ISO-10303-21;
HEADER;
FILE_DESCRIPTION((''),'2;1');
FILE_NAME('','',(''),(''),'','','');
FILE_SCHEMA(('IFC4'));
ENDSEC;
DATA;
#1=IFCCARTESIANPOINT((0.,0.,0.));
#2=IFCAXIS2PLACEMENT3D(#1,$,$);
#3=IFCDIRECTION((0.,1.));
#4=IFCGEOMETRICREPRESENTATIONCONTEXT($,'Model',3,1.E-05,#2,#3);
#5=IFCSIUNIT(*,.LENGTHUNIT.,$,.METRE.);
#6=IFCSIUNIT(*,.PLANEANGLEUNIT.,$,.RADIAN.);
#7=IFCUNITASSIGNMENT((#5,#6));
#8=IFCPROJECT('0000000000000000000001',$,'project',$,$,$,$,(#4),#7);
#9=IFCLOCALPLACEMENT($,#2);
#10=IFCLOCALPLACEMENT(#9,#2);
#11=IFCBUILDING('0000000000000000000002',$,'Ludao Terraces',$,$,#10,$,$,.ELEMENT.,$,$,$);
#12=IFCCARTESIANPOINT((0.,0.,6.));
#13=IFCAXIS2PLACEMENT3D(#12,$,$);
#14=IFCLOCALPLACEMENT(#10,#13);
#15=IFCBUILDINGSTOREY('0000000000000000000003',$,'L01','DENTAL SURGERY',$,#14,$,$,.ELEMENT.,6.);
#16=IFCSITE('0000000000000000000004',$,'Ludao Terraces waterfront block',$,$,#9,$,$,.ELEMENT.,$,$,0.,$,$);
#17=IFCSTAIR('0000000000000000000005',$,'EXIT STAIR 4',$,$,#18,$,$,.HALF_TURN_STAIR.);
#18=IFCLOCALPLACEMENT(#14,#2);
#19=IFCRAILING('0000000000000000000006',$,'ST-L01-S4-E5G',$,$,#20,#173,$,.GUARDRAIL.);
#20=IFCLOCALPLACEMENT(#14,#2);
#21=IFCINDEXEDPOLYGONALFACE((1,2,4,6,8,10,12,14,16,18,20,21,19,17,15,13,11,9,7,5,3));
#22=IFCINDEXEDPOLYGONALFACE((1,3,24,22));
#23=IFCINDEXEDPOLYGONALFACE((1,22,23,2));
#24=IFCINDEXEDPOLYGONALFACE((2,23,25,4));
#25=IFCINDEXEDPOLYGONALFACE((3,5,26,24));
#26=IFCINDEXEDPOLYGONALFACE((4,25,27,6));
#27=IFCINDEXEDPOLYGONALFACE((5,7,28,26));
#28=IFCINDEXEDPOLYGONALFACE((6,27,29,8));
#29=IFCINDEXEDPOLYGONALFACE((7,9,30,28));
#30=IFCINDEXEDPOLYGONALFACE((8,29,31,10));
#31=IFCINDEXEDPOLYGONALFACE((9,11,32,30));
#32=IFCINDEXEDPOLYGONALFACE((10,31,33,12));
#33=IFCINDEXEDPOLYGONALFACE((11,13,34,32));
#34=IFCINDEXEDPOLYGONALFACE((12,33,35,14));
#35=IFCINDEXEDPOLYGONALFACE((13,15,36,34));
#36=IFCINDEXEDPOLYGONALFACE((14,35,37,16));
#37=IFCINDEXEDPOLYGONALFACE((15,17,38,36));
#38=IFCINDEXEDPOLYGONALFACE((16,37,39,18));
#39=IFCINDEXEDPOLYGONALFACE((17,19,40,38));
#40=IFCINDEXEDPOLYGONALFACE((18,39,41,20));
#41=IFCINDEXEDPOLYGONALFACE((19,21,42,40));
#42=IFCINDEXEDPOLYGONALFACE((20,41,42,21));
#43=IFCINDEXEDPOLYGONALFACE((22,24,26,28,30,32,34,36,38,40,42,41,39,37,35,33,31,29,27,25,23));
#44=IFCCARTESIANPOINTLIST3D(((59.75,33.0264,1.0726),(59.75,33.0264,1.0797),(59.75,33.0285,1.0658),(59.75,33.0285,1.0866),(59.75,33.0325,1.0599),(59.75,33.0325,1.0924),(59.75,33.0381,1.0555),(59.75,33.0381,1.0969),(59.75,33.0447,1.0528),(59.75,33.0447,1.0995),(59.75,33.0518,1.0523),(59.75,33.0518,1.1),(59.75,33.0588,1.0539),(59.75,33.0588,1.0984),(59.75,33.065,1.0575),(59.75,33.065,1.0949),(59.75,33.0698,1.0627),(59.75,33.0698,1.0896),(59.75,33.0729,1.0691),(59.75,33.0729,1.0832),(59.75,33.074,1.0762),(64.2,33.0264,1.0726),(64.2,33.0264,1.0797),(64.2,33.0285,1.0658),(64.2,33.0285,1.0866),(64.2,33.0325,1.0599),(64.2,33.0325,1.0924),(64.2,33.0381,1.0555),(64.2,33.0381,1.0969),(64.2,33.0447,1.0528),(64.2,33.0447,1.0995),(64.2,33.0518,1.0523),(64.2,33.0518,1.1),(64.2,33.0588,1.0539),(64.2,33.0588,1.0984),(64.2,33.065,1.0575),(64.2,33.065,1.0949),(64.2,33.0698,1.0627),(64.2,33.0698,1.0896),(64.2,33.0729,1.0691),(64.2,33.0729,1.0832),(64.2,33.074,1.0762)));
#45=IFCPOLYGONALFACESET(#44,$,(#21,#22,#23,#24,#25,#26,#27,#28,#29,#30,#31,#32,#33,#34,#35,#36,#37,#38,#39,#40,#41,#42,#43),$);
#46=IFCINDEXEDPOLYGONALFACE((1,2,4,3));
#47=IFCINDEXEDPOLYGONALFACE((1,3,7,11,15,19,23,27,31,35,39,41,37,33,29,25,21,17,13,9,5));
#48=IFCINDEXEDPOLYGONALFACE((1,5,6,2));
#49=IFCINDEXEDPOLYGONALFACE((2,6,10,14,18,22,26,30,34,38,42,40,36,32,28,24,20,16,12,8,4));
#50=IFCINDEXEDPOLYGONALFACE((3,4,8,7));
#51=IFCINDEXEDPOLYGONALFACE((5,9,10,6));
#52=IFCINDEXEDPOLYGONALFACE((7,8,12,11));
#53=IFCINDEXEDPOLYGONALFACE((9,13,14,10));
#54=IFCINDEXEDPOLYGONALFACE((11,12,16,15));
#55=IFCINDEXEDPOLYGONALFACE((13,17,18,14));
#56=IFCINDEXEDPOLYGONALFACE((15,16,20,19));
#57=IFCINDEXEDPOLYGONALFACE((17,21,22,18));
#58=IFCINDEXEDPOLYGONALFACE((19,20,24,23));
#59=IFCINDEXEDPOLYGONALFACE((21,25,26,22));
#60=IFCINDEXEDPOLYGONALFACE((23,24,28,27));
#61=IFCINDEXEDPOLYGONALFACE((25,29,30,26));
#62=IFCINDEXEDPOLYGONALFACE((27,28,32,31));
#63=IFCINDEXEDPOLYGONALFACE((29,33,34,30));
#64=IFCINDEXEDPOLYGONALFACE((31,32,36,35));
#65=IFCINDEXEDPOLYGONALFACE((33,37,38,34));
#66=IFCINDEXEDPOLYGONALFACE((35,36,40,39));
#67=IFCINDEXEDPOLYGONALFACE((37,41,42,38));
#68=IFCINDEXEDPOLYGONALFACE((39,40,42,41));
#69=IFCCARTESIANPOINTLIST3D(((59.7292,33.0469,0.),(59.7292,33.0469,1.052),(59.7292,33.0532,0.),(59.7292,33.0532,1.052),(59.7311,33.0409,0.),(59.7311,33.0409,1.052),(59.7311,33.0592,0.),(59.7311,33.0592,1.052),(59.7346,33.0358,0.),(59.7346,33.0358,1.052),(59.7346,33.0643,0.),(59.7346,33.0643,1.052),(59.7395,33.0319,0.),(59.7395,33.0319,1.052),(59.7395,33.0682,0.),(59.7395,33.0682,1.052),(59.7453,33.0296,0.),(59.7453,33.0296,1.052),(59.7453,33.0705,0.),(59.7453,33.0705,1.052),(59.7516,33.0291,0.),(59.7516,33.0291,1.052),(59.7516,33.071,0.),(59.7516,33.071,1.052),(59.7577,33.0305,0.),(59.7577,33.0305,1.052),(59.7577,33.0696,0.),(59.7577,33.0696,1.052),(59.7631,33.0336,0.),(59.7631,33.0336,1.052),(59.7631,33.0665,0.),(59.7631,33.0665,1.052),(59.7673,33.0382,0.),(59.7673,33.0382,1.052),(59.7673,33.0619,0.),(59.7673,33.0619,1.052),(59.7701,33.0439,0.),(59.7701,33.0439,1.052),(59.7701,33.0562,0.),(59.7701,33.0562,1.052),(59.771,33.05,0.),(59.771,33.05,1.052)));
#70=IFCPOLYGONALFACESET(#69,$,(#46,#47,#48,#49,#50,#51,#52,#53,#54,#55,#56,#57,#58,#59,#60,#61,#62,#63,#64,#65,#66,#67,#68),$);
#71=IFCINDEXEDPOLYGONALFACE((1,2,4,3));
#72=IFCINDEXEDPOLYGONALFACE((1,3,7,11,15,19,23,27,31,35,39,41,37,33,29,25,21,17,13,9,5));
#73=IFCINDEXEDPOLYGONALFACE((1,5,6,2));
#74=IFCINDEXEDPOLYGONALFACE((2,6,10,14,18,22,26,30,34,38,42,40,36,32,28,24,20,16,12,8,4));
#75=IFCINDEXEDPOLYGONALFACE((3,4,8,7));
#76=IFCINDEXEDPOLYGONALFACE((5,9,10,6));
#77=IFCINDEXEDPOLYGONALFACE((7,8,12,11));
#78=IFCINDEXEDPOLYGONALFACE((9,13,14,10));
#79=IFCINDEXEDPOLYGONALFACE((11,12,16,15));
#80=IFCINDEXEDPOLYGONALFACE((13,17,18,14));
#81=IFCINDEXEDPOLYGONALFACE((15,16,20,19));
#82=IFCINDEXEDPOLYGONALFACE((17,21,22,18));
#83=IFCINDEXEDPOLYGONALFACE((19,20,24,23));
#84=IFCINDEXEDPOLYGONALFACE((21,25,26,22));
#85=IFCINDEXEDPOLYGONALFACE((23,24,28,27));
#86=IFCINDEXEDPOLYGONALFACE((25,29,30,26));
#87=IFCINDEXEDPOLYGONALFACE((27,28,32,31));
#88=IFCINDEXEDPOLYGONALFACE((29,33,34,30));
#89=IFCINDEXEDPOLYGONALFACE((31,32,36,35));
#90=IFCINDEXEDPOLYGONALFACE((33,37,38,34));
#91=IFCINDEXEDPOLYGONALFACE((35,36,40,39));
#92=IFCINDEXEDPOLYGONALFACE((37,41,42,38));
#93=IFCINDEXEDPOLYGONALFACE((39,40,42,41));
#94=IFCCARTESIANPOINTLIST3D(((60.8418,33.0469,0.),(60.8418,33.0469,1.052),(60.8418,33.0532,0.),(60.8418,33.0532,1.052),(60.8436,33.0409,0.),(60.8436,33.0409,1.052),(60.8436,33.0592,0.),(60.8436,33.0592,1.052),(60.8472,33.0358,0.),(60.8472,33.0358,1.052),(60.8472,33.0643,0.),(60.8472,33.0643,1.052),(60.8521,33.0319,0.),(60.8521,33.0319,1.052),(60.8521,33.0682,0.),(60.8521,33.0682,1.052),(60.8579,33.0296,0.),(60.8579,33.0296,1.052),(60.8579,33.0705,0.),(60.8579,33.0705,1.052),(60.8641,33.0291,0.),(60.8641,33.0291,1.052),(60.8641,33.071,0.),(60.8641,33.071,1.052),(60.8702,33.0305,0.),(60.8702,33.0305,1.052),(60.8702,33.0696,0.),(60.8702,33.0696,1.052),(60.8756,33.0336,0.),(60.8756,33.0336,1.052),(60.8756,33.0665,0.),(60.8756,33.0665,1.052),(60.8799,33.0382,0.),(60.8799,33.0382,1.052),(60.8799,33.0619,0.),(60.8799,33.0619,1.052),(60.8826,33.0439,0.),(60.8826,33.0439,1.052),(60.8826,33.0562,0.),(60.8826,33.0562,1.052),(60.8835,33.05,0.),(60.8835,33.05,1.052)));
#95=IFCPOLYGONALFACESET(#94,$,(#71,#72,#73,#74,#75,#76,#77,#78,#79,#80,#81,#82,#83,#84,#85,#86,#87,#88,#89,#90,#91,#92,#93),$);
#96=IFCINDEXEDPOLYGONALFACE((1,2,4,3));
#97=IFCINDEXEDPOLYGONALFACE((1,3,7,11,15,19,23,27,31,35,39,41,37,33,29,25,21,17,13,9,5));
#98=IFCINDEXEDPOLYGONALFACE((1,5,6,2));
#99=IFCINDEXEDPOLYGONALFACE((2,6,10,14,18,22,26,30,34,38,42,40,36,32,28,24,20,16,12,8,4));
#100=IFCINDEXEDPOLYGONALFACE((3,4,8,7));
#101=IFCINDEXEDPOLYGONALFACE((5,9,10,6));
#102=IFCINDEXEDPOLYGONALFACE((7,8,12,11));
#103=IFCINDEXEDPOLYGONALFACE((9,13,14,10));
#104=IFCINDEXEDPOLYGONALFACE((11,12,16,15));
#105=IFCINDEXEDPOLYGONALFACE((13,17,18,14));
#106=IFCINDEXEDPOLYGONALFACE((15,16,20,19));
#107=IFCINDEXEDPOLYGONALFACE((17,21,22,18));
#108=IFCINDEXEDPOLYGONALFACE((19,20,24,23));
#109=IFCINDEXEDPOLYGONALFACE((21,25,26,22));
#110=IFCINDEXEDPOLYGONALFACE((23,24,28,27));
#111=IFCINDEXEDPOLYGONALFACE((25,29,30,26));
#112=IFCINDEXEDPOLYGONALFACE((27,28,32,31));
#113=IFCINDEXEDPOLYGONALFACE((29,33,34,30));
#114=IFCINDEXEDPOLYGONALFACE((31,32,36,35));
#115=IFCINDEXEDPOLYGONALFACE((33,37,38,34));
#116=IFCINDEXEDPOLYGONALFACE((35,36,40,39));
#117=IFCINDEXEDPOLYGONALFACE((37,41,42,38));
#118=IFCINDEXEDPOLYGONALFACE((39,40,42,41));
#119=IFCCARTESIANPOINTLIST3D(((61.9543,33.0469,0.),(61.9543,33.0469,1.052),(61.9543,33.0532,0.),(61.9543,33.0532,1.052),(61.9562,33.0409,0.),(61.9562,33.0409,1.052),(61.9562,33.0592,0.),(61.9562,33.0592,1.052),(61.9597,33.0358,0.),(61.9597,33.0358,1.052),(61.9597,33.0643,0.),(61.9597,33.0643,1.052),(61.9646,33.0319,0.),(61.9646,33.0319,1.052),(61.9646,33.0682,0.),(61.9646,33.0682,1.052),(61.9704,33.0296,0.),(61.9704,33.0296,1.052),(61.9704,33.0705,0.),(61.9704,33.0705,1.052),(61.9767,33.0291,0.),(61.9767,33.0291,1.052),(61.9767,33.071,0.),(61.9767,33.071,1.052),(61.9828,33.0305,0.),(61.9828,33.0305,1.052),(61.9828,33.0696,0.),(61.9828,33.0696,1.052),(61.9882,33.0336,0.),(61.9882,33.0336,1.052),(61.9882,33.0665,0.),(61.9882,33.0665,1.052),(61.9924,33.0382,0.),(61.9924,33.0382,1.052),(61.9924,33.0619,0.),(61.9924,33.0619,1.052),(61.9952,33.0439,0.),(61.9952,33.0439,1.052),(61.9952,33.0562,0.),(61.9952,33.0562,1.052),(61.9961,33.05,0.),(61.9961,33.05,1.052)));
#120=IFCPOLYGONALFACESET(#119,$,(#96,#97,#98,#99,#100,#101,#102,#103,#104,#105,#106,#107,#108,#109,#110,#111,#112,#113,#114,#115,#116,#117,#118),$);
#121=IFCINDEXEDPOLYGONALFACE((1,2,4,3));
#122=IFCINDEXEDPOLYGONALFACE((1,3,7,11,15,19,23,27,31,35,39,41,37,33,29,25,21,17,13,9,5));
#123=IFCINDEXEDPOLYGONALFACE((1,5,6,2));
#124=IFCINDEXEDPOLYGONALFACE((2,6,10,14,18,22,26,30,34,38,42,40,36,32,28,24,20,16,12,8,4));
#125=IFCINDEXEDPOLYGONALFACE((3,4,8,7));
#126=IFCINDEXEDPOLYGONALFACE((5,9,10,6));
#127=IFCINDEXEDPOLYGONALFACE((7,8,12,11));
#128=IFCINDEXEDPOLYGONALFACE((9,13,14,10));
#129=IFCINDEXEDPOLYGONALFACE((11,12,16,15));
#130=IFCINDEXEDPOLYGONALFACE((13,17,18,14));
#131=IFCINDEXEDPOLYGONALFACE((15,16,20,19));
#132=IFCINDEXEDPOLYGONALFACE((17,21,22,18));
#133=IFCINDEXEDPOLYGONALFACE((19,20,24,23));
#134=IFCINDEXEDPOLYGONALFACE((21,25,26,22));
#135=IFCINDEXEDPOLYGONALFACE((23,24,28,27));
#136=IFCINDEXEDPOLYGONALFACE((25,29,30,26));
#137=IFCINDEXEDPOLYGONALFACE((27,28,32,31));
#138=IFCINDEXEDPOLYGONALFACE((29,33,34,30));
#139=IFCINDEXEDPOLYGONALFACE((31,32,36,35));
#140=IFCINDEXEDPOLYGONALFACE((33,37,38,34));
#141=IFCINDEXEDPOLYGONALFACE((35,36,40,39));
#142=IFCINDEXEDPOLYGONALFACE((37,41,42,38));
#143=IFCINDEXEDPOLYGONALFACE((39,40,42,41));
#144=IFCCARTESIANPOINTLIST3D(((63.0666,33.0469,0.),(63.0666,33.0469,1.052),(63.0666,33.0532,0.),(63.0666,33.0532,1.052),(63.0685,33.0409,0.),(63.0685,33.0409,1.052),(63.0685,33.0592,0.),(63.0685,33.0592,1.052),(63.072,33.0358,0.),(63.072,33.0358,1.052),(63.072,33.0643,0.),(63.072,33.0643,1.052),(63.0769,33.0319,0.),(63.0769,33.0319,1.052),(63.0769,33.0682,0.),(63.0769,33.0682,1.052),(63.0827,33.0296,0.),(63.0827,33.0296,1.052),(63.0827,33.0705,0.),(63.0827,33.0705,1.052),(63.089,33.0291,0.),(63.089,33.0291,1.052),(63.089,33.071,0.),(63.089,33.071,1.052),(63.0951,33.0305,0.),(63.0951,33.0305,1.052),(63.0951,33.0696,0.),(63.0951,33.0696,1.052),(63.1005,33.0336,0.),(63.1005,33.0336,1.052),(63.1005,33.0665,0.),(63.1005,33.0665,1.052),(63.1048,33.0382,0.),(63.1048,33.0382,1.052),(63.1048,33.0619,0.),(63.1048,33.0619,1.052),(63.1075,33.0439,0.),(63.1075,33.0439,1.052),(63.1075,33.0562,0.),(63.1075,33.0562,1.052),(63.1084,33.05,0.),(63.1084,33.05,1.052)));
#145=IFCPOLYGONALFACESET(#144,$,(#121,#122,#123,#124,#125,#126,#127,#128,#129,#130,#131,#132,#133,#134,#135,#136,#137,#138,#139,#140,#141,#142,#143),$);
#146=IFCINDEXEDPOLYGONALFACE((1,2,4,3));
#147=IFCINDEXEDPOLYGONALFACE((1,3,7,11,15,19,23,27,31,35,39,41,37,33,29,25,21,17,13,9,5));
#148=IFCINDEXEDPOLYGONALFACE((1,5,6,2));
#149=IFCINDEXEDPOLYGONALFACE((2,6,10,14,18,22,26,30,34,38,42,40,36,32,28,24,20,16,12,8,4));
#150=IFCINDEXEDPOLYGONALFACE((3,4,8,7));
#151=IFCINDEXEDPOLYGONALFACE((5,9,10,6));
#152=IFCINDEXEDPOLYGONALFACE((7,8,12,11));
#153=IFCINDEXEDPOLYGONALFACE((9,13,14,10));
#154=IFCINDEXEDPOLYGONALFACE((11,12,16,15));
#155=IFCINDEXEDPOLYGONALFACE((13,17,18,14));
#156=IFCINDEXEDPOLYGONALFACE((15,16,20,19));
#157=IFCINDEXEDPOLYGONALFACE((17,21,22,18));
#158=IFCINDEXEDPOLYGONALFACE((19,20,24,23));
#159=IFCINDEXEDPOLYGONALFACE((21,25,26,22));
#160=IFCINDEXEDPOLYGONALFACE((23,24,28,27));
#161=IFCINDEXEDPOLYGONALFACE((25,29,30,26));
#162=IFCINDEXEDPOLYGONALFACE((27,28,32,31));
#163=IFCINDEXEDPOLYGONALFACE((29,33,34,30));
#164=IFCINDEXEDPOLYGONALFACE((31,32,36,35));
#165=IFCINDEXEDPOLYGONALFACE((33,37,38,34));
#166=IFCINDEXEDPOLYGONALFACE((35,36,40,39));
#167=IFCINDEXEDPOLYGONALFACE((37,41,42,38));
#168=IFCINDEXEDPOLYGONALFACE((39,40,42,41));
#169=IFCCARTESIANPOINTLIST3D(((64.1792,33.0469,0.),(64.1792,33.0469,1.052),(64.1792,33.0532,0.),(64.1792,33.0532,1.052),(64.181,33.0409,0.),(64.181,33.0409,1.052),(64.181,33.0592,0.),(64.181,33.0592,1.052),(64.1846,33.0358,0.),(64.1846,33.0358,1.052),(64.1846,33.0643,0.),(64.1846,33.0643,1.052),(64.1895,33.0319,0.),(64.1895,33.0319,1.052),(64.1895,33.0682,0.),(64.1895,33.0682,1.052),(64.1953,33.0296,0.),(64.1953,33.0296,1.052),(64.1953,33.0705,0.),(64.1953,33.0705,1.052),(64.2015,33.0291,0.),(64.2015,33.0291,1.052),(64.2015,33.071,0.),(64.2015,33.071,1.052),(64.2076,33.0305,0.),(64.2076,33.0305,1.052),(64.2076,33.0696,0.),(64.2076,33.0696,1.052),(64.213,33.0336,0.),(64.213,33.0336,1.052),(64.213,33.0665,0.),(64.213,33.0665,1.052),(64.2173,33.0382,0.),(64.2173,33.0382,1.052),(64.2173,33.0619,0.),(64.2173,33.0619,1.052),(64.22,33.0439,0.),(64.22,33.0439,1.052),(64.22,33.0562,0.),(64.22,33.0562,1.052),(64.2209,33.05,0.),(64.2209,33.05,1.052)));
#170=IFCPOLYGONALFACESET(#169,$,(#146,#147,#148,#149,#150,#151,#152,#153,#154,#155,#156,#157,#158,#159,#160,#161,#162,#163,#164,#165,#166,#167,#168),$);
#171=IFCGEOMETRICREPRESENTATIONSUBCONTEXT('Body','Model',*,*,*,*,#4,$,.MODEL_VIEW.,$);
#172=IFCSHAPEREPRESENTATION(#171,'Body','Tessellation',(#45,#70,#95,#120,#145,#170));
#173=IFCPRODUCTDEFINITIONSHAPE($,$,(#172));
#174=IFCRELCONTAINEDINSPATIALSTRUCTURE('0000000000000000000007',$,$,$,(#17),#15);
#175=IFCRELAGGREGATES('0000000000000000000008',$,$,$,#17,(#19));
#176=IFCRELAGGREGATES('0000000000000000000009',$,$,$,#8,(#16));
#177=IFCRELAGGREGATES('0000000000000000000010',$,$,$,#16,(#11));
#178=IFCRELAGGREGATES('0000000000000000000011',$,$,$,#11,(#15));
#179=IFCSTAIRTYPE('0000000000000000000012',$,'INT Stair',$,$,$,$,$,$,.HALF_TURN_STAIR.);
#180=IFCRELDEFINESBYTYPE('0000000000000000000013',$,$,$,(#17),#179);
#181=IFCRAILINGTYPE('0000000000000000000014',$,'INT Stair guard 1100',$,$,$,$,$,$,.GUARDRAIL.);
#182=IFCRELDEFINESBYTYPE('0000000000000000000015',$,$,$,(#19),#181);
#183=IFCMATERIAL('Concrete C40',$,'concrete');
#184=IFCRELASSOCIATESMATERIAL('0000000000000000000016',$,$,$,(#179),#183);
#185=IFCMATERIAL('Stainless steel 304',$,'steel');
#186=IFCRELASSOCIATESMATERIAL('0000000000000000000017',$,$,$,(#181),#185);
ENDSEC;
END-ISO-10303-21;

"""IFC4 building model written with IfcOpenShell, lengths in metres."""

from ifc_helpers import new_model, si_unit, direction, frame, origin, origin_2d, place, context, subcontext, project, spatial, circle, extrude, material, type_object, element, aggregate, save


model = new_model("IFC4")

# Units and contexts
model_context = context("Model", 3, precision=1e-05, world=origin(), true_north=direction((0.0, 1.0)))
body_context = subcontext(model_context, "Body", "Model", "MODEL_VIEW")
ifc_project = project(units=[si_unit("LENGTHUNIT", "METRE"), si_unit("PLANEANGLEUNIT", "RADIAN")], contexts=[model_context])

# Site, building, storey
site_placement = place(None, origin())
site = spatial("IfcSite", under=ifc_project, at=site_placement, Name="Ludao Terraces waterfront block", CompositionType="ELEMENT", RefElevation=0.0)
building_placement = place(site_placement, origin())
building = spatial("IfcBuilding", under=site, at=building_placement, Name="Ludao Terraces", CompositionType="ELEMENT")
storey_placement = place(building_placement, frame((0.0, 0.0, 6.0)))
storey = spatial("IfcBuildingStorey", under=building, at=storey_placement, Name="L01", Description="DENTAL SURGERY", CompositionType="ELEMENT", Elevation=6.0)

# Shared definitions
ifc_material_1 = material(Name="Concrete C40", Category="concrete")

# Stair, railing
stair_type = type_object("IfcStairType", Name="INT Stair", PredefinedType="HALF_TURN_STAIR", material=ifc_material_1)
stair_placement = place(storey_placement, origin())
stair = element("IfcStair", 1, at=stair_placement, inside=storey, type_object=stair_type, Name="EXIT STAIR 4", PredefinedType="HALF_TURN_STAIR")
ifc_material_2 = material(Name="Stainless steel 304", Category="steel")
railing_type_1 = type_object("IfcRailingType", Name="INT Stair guard 1100", PredefinedType="GUARDRAIL", material=ifc_material_2)
railing_1_placement = place(storey_placement, frame((59.75, 33.05, 0.0)))
railing_1 = element("IfcRailing", 2, at=railing_1_placement, type_object=railing_type_1, Name="ST-L01-S4-E5G", PredefinedType="GUARDRAIL", context=body_context, shape_type="SweptSolid", body=[
    extrude(circle(Radius=0.0239, at=origin_2d()), frame((0.0, 0.0, 1.0762), z_axis=(1.0, 0.0, 0.0), x_axis=(0.0, 1.0, 0.0)), (0.0, 0.0, 1.0), 4.45),
    extrude(circle(Radius=0.021, at=origin_2d()), origin(), (0.0, 0.0, 1.0), 1.052),
    extrude(circle(Radius=0.021, at=origin_2d()), frame((1.1125, 0.0, 0.0)), (0.0, 0.0, 1.0), 1.052),
    extrude(circle(Radius=0.021, at=origin_2d()), frame((2.2251, 0.0, 0.0)), (0.0, 0.0, 1.0), 1.052),
    extrude(circle(Radius=0.021, at=origin_2d()), frame((3.3374, 0.0, 0.0)), (0.0, 0.0, 1.0), 1.052),
    extrude(circle(Radius=0.021, at=origin_2d()), frame((4.45, 0.0, 0.0)), (0.0, 0.0, 1.0), 1.052),
])
aggregate(stair, [railing_1])

save(model, "model.ifc")
